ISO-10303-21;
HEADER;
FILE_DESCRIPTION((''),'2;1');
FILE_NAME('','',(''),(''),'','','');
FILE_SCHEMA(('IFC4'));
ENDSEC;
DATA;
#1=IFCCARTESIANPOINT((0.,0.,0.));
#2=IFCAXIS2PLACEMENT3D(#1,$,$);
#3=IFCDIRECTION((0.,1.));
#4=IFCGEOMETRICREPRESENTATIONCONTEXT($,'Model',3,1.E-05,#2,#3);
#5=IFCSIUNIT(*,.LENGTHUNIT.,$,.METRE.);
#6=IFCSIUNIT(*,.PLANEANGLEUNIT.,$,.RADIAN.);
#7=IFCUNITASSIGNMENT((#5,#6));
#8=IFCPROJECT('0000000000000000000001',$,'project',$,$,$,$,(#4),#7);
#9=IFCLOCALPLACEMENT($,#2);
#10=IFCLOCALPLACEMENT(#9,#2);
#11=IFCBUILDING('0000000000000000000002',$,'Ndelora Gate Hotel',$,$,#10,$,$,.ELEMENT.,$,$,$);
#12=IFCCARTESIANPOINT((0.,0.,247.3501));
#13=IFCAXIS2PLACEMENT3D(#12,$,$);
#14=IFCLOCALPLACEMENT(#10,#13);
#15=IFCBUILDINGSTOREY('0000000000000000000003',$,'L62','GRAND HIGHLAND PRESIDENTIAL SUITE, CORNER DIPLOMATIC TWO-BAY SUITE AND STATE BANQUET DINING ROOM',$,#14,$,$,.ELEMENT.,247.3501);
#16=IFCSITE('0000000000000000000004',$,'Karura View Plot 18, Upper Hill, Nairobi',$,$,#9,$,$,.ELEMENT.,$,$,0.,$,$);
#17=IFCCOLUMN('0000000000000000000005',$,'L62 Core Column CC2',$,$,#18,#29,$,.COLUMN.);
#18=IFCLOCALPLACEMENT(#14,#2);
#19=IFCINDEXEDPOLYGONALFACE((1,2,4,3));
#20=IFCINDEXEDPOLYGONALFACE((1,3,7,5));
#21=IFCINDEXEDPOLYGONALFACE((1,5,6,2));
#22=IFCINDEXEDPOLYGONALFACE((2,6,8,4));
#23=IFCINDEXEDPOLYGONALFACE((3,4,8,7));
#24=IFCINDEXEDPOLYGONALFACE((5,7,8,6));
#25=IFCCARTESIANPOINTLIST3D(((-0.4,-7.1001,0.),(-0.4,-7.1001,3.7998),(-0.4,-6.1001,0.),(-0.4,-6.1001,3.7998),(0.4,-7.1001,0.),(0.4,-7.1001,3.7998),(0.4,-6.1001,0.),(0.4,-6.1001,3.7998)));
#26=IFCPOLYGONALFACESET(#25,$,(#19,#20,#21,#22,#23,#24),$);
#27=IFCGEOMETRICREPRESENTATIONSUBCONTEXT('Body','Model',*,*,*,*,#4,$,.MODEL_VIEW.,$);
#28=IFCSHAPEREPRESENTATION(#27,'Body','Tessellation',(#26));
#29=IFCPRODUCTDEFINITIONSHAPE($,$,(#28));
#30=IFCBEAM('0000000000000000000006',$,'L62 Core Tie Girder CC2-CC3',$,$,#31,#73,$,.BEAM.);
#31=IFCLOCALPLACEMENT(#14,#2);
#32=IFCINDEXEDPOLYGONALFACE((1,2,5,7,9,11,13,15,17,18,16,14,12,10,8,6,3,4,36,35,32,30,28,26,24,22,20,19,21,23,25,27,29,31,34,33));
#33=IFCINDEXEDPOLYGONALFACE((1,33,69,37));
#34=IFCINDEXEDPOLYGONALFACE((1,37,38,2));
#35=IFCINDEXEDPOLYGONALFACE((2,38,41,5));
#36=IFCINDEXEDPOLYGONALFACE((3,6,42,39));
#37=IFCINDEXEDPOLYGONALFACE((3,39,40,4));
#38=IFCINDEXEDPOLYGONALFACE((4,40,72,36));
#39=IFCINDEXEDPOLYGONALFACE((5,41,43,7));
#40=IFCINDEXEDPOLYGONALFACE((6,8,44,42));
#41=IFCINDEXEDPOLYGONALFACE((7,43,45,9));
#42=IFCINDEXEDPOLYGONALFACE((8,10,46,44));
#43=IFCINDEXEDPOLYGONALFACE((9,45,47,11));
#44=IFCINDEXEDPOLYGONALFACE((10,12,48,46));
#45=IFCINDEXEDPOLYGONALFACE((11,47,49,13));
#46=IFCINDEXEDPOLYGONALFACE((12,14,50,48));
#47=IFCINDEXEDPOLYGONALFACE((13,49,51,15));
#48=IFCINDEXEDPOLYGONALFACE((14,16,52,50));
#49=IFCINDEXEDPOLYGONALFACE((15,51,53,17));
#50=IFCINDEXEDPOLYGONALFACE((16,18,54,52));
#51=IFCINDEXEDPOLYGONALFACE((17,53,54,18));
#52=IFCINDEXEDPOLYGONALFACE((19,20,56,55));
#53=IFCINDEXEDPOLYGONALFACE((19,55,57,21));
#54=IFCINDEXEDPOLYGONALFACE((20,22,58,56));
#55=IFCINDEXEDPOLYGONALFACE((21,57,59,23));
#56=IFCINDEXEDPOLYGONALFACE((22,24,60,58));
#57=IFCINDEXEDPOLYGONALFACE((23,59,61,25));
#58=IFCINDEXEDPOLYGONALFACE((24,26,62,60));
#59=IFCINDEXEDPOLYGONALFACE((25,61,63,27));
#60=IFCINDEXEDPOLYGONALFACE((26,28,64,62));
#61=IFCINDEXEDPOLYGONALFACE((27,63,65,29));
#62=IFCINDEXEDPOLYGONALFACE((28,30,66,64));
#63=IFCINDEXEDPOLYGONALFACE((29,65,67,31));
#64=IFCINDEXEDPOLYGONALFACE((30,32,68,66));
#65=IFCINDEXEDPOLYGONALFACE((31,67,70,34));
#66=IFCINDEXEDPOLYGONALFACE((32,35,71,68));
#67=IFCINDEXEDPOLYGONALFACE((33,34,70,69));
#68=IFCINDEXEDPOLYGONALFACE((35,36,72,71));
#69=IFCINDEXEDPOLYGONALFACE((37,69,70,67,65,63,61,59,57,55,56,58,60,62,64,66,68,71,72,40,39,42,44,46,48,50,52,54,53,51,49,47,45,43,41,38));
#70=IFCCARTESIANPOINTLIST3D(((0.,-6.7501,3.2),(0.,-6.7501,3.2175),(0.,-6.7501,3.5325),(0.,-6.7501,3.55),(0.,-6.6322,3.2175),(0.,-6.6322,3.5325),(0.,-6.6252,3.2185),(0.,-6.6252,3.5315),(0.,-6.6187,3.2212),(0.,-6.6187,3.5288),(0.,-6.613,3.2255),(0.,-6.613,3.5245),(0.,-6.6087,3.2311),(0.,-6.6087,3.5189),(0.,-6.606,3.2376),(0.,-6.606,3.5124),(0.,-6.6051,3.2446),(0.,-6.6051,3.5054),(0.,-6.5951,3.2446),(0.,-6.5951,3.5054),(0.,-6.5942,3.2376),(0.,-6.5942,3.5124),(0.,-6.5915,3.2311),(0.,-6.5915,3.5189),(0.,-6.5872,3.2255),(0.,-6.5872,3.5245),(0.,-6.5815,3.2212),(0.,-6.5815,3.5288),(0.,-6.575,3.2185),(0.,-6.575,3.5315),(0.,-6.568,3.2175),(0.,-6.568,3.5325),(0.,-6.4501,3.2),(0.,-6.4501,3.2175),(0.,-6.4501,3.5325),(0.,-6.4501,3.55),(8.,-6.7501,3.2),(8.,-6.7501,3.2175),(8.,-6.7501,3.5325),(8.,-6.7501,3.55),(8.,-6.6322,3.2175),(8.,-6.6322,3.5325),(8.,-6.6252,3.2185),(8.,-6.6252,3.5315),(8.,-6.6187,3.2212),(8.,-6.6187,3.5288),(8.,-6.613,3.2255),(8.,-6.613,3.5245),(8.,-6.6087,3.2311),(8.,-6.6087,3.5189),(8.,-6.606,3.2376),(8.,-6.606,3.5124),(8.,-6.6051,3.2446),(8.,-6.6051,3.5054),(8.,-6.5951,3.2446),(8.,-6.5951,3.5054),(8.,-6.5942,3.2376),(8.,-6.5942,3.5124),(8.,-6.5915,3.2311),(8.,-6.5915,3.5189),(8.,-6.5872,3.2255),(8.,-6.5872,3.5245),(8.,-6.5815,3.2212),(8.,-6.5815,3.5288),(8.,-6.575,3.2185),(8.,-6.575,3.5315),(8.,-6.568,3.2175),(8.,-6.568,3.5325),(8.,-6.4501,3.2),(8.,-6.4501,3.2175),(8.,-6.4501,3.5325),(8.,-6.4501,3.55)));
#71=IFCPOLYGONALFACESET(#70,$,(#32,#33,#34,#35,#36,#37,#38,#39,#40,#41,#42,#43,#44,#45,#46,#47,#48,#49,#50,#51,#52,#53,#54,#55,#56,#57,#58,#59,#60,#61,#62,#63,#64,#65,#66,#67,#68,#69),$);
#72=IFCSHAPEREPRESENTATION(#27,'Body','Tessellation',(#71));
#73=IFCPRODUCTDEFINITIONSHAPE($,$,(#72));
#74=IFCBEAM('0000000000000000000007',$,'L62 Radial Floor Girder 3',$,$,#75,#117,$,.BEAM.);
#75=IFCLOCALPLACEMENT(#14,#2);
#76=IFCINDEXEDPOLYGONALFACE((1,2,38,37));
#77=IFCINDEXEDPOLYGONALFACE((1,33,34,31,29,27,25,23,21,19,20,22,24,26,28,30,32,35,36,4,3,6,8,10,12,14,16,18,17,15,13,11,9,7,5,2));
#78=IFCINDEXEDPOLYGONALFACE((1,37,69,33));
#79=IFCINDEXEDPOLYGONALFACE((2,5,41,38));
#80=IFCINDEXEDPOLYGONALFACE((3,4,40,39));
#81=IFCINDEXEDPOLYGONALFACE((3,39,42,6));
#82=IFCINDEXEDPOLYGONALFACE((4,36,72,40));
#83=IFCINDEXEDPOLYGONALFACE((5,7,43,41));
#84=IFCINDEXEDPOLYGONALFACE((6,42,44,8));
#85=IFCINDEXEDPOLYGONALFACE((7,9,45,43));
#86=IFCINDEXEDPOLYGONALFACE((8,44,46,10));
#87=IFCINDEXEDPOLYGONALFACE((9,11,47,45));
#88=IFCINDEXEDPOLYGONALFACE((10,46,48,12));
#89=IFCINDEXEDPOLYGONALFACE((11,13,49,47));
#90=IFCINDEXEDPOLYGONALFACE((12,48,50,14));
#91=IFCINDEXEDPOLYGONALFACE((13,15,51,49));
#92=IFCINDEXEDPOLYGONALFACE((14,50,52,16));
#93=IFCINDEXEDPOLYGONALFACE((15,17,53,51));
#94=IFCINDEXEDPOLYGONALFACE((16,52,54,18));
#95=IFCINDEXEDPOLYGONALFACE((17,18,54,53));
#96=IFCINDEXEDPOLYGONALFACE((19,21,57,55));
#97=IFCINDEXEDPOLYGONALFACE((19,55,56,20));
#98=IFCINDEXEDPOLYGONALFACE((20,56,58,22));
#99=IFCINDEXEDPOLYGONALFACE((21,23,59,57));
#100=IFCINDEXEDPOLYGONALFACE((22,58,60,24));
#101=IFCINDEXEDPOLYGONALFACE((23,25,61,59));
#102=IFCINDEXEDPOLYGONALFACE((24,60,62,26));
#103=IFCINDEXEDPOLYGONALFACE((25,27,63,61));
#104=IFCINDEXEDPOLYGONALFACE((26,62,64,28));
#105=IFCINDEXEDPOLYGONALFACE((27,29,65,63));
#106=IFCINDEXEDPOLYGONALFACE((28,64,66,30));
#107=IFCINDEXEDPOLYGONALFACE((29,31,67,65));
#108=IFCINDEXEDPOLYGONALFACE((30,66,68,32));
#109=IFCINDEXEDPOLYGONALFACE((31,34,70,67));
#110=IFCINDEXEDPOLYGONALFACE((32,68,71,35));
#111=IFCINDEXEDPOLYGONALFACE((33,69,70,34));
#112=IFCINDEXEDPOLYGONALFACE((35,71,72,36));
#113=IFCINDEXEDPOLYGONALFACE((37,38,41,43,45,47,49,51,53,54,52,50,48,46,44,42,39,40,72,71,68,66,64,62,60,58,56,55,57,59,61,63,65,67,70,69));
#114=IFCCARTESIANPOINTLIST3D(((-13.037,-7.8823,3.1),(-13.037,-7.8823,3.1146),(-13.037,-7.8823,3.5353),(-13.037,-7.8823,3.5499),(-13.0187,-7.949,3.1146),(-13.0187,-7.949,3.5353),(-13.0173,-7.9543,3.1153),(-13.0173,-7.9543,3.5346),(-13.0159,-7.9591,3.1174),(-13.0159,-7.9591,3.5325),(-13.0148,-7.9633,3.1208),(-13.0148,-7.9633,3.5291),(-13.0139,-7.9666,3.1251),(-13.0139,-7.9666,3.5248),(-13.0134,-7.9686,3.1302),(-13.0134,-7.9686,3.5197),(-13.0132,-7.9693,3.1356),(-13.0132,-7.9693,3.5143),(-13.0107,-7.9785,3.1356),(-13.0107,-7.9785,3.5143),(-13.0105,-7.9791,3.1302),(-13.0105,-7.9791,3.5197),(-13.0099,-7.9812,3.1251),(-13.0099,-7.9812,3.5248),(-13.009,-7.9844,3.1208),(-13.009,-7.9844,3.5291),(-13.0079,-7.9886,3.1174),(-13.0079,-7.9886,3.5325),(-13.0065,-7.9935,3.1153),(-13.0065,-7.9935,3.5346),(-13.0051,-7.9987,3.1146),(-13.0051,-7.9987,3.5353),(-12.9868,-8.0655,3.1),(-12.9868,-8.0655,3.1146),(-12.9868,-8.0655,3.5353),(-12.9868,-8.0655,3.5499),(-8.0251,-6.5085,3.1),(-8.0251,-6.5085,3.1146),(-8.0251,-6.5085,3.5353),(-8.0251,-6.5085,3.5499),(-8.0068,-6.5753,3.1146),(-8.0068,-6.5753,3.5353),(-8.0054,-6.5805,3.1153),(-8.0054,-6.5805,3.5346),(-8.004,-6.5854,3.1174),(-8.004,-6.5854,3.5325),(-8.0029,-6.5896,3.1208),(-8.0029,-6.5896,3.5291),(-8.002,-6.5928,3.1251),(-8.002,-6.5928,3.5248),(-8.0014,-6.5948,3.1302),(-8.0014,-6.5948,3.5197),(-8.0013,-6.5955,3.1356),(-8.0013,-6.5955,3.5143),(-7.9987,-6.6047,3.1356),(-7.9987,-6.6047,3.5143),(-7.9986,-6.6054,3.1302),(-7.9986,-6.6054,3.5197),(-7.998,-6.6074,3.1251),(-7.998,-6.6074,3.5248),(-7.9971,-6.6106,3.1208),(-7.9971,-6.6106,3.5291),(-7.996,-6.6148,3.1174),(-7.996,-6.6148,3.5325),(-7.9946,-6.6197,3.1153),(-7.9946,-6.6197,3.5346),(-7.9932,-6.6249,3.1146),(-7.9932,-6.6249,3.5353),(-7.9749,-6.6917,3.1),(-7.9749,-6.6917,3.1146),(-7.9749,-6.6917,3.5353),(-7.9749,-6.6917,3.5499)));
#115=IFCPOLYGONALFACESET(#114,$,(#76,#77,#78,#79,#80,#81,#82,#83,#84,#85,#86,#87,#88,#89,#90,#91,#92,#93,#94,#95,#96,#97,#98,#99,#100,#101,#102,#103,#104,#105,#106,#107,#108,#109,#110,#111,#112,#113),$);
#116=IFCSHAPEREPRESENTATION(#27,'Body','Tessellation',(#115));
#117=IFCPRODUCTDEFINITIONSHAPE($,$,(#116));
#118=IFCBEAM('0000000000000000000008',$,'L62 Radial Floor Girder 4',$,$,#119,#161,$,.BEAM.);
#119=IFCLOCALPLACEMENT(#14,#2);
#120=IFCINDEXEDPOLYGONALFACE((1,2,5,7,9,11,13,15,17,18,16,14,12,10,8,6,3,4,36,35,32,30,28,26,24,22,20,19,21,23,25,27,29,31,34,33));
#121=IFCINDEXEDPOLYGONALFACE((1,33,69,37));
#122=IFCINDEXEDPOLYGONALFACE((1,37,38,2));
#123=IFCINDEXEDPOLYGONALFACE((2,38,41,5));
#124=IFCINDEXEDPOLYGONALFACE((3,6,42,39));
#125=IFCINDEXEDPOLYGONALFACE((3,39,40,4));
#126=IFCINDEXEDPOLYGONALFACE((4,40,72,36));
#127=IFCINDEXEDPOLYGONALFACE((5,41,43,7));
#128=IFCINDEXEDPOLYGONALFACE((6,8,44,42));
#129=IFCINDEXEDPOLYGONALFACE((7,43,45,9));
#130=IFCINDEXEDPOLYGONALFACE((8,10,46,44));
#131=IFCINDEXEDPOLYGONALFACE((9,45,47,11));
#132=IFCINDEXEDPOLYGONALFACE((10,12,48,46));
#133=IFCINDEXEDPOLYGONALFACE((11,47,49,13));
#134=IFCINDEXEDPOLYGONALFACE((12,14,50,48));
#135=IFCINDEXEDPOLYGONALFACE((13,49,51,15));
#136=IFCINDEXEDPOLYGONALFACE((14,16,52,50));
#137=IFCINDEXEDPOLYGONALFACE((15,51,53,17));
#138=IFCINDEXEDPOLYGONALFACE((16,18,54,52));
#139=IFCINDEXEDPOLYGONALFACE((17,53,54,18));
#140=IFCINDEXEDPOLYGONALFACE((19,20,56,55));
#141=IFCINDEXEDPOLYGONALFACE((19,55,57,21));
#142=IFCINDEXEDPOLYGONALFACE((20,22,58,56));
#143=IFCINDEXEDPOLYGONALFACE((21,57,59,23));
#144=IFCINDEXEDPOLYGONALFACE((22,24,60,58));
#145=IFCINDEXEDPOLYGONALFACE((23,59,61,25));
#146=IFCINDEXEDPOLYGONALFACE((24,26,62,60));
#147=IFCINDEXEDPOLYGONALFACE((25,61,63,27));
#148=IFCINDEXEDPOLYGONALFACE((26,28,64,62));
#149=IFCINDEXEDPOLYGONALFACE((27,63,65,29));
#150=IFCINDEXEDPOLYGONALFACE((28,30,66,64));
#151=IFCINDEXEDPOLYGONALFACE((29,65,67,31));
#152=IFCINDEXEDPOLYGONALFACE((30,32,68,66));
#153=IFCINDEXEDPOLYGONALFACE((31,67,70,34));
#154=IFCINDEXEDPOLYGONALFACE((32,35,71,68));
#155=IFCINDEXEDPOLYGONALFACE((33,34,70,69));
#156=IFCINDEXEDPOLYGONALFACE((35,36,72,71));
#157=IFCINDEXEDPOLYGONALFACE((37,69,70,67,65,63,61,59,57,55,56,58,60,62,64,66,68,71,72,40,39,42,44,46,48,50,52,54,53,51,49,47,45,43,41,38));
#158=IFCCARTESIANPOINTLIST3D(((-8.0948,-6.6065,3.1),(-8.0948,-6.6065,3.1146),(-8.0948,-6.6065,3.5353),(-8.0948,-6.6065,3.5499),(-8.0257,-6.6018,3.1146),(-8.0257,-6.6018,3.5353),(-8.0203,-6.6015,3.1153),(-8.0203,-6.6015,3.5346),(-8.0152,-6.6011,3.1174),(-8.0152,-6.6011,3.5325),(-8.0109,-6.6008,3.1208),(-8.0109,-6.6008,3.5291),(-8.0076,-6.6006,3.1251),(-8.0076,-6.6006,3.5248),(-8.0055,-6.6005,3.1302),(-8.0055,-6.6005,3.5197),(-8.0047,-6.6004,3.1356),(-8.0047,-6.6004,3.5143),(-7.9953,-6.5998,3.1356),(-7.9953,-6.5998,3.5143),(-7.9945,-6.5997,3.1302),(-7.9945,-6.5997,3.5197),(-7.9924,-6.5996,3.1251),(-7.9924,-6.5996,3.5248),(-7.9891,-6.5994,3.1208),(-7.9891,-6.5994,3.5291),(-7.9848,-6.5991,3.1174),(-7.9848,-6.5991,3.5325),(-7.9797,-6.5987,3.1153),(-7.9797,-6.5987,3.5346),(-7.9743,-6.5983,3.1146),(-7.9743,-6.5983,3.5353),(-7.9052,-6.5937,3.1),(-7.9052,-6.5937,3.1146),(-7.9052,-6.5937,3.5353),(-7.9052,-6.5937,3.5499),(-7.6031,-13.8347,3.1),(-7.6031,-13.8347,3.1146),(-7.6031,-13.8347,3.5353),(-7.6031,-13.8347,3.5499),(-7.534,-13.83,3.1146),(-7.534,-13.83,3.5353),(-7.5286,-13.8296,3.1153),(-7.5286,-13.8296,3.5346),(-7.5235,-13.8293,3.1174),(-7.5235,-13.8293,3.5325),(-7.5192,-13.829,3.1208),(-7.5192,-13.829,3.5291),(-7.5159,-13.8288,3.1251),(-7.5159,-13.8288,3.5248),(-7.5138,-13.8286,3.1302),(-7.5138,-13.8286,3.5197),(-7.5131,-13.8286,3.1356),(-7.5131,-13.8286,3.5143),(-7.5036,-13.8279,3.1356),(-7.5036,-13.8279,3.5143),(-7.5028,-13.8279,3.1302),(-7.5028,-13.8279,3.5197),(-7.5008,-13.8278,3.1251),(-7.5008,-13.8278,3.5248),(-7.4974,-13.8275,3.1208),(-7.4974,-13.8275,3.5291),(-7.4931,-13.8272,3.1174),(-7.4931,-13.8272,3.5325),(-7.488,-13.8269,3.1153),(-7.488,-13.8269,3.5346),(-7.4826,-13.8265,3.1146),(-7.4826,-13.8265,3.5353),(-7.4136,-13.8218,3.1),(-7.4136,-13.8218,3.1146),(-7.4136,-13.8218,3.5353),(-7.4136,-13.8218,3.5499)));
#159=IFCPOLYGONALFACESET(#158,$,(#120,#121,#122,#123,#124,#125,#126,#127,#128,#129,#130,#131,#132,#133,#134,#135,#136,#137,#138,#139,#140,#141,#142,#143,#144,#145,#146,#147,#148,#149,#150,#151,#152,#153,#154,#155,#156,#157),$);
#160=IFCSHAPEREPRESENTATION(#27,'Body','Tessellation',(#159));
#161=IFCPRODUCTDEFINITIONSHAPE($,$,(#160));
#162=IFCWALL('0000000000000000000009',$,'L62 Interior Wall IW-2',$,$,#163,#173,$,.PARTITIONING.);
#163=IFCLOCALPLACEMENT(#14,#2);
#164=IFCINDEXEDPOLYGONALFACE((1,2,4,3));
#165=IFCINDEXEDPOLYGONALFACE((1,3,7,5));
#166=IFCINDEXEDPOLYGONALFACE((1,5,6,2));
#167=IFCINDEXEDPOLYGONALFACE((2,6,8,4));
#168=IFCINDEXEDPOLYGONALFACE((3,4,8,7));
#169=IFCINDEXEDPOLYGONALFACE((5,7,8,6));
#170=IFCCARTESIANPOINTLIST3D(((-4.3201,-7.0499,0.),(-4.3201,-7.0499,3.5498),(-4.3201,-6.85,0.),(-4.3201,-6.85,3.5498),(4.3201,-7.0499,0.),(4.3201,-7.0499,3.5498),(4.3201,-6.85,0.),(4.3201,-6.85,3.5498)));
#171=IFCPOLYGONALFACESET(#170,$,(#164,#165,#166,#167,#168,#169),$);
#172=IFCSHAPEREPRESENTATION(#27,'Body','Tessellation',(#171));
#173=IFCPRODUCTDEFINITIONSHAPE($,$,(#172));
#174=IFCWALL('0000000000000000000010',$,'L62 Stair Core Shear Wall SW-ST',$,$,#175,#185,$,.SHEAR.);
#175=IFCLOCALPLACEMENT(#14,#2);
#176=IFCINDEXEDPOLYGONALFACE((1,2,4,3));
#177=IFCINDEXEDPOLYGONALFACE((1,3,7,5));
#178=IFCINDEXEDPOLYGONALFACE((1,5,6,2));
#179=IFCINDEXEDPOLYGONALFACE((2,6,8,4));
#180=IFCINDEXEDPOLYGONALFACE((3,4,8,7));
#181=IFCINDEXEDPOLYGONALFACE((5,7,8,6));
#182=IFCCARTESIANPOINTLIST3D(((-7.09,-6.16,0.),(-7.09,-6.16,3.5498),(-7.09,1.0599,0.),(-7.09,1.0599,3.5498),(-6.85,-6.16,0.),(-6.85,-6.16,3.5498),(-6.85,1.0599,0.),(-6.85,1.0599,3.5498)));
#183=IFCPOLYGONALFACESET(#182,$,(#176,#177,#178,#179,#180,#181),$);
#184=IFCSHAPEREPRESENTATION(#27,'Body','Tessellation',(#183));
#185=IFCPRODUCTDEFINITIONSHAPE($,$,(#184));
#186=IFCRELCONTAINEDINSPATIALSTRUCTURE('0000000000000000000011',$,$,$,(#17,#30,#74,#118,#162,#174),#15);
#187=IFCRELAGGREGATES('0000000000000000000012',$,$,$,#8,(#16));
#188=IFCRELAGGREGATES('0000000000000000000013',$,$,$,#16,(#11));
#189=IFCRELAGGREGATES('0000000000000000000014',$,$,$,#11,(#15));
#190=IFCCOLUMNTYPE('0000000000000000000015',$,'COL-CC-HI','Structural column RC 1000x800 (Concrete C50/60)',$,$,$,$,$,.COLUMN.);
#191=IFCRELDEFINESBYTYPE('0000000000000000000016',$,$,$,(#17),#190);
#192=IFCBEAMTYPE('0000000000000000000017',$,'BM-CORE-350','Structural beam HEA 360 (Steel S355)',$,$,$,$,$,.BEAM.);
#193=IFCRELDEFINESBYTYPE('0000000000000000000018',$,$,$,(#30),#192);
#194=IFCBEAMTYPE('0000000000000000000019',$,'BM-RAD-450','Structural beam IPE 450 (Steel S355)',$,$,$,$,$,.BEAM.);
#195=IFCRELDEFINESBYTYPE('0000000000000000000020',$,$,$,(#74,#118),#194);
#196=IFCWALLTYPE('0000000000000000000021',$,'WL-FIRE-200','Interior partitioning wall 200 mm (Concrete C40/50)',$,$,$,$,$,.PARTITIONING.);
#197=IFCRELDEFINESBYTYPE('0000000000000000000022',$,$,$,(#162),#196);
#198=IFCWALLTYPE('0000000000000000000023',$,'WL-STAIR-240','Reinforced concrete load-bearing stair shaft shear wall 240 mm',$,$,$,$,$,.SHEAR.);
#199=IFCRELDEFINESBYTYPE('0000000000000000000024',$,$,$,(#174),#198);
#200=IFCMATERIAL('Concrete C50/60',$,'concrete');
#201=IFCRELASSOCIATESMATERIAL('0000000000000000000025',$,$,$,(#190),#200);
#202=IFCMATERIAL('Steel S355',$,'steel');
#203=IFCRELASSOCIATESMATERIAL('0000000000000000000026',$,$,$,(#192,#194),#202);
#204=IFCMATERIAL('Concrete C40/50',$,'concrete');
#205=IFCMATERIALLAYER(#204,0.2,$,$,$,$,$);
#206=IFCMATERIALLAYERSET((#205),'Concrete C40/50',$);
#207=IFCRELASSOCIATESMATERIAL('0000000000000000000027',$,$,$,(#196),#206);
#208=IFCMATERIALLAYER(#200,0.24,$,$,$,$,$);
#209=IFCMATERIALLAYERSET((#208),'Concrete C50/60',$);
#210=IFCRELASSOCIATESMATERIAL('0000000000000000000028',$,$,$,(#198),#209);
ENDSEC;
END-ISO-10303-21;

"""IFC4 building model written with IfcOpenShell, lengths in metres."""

from ifc_helpers import new_model, si_unit, direction, frame, frame_2d, origin, origin_2d, place, context, subcontext, project, spatial, rectangle, i_section, extrude, material, layer, layer_set, material_profile, profile_set, type_object, element, save


model = new_model("IFC4")

# Units and contexts
model_context = context("Model", 3, precision=1e-05, world=origin(), true_north=direction((0.0, 1.0)))
body_context = subcontext(model_context, "Body", "Model", "MODEL_VIEW")
ifc_project = project(units=[si_unit("LENGTHUNIT", "METRE"), si_unit("PLANEANGLEUNIT", "RADIAN")], contexts=[model_context])

# Site, building, storey
site_placement = place(None, origin())
site = spatial("IfcSite", under=ifc_project, at=site_placement, Name="Karura View Plot 18, Upper Hill, Nairobi", CompositionType="ELEMENT", RefElevation=0.0)
building_placement = place(site_placement, origin())
building = spatial("IfcBuilding", under=site, at=building_placement, Name="Ndelora Gate Hotel", CompositionType="ELEMENT")
storey_placement = place(building_placement, frame((0.0, 0.0, 247.3501)))
storey = spatial("IfcBuildingStorey", under=building, at=storey_placement, Name="L62", Description="GRAND HIGHLAND PRESIDENTIAL SUITE, CORNER DIPLOMATIC TWO-BAY SUITE AND STATE BANQUET DINING ROOM", CompositionType="ELEMENT", Elevation=247.3501)

# Column
ifc_material_1 = material(Name="Concrete C50/60", Category="concrete")
ifc_material_profile_1 = material_profile(ifc_material_1, rectangle(XDim=0.8, YDim=1.0, at=origin_2d()), Name="RC 1000x800")
ifc_profile_set_1 = profile_set([ifc_material_profile_1], Name="Concrete C50/60")
column_type = type_object("IfcColumnType", Name="COL-CC-HI", Description="Structural column RC 1000x800 (Concrete C50/60)", PredefinedType="COLUMN", material=ifc_profile_set_1)
column_placement = place(storey_placement, frame((0.0, -6.6001, 0.0), z_axis=(0.0, 0.0, 1.0), x_axis=(1.0, 0.0, 0.0)))
element("IfcColumn", 1, at=column_placement, inside=storey, type_object=column_type, Name="L62 Core Column CC2", PredefinedType="COLUMN", context=body_context, shape_type="SweptSolid", body=[
    extrude(rectangle(XDim=0.8, YDim=1.0, at=origin_2d()), origin(), (0.0, 0.0, 1.0), 3.7998),
])

# Beams
ifc_material_2 = material(Name="Steel S355", Category="steel")
ifc_material_profile_2 = material_profile(ifc_material_2, i_section(OverallWidth=0.3, OverallDepth=0.3501, WebThickness=0.01, FlangeThickness=0.0176, FilletRadius=0.0271, at=origin_2d()), Name="HEA 360")
ifc_profile_set_2 = profile_set([ifc_material_profile_2], Name="Steel S355")
beam_type_1 = type_object("IfcBeamType", Name="BM-CORE-350", Description="Structural beam HEA 360 (Steel S355)", PredefinedType="BEAM", material=ifc_profile_set_2)
beam_1_placement = place(storey_placement, frame((0.0, -6.6001, 3.375), z_axis=(1.0, 0.0, 0.0), x_axis=(0.0, 1.0, 0.0)))
element("IfcBeam", 2, at=beam_1_placement, inside=storey, type_object=beam_type_1, Name="L62 Core Tie Girder CC2-CC3", PredefinedType="BEAM", context=body_context, shape_type="SweptSolid", body=[
    extrude(i_section(OverallWidth=0.3, OverallDepth=0.3501, WebThickness=0.01, FlangeThickness=0.0176, FilletRadius=0.0271, at=origin_2d()), origin(), (0.0, 0.0, 1.0), 8.0),
])
ifc_material_profile_3 = material_profile(ifc_material_2, i_section(OverallWidth=0.1899, OverallDepth=0.45, WebThickness=0.0095, FlangeThickness=0.0146, FilletRadius=0.021, at=origin_2d()), Name="IPE 450")
ifc_profile_set_3 = profile_set([ifc_material_profile_3], Name="Steel S355")
beam_type_2 = type_object("IfcBeamType", Name="BM-RAD-450", Description="Structural beam IPE 450 (Steel S355)", PredefinedType="BEAM", material=ifc_profile_set_3)
beam_2_placement = place(storey_placement, frame((-8.0, -6.6001, 3.325), z_axis=(-0.964427, -0.264349, 0.0), x_axis=(0.264349, -0.964427, 0.0)))
element("IfcBeam", 3, at=beam_2_placement, inside=storey, type_object=beam_type_2, Name="L62 Radial Floor Girder 3", PredefinedType="BEAM", context=body_context, shape_type="SweptSolid", body=[
    extrude(i_section(OverallWidth=0.1899, OverallDepth=0.45, WebThickness=0.0095, FlangeThickness=0.0146, FilletRadius=0.021, at=origin_2d()), origin(), (0.0, 0.0, 1.0), 5.1968),
])
beam_3_placement = place(storey_placement, frame((-8.0, -6.6001, 3.325), z_axis=(0.067868, -0.997694, 0.0), x_axis=(0.997694, 0.067868, 0.0)))
element("IfcBeam", 4, at=beam_3_placement, inside=storey, type_object=beam_type_2, Name="L62 Radial Floor Girder 4", PredefinedType="BEAM", context=body_context, shape_type="SweptSolid", body=[
    extrude(i_section(OverallWidth=0.1899, OverallDepth=0.45, WebThickness=0.0095, FlangeThickness=0.0146, FilletRadius=0.021, at=origin_2d()), origin(), (0.0, 0.0, 1.0), 7.2449),
])

# Walls
ifc_material_3 = material(Name="Concrete C40/50", Category="concrete")
ifc_layer_1 = layer(ifc_material_3, 0.2)
ifc_layer_set_1 = layer_set([ifc_layer_1], Name="Concrete C40/50")
wall_type_1 = type_object("IfcWallType", Name="WL-FIRE-200", Description="Interior partitioning wall 200 mm (Concrete C40/50)", PredefinedType="PARTITIONING", material=ifc_layer_set_1)
wall_1_placement = place(storey_placement, frame((-4.3201, -6.95, 0.0), z_axis=(0.0, 0.0, 1.0), x_axis=(1.0, 0.0, 0.0)))
element("IfcWall", 5, at=wall_1_placement, inside=storey, type_object=wall_type_1, Name="L62 Interior Wall IW-2", PredefinedType="PARTITIONING", context=body_context, shape_type="SweptSolid", body=[
    extrude(rectangle(XDim=8.6401, YDim=0.2, at=frame_2d((4.3201, 0.0))), origin(), (0.0, 0.0, 1.0), 3.5498),
])
ifc_layer_2 = layer(ifc_material_1, 0.24)
ifc_layer_set_2 = layer_set([ifc_layer_2], Name="Concrete C50/60")
wall_type_2 = type_object("IfcWallType", Name="WL-STAIR-240", Description="Reinforced concrete load-bearing stair shaft shear wall 240 mm", PredefinedType="SHEAR", material=ifc_layer_set_2)
wall_2_placement = place(storey_placement, frame((-6.97, -6.1599, 0.0), z_axis=(0.0, 0.0, 1.0), x_axis=(0.0, 1.0, 0.0)))
element("IfcWall", 6, at=wall_2_placement, inside=storey, type_object=wall_type_2, Name="L62 Stair Core Shear Wall SW-ST", PredefinedType="SHEAR", context=body_context, shape_type="SweptSolid", body=[
    extrude(rectangle(XDim=7.22, YDim=0.24, at=frame_2d((3.6099, 0.0))), origin(), (0.0, 0.0, 1.0), 3.5498),
])

save(model, "model.ifc")
